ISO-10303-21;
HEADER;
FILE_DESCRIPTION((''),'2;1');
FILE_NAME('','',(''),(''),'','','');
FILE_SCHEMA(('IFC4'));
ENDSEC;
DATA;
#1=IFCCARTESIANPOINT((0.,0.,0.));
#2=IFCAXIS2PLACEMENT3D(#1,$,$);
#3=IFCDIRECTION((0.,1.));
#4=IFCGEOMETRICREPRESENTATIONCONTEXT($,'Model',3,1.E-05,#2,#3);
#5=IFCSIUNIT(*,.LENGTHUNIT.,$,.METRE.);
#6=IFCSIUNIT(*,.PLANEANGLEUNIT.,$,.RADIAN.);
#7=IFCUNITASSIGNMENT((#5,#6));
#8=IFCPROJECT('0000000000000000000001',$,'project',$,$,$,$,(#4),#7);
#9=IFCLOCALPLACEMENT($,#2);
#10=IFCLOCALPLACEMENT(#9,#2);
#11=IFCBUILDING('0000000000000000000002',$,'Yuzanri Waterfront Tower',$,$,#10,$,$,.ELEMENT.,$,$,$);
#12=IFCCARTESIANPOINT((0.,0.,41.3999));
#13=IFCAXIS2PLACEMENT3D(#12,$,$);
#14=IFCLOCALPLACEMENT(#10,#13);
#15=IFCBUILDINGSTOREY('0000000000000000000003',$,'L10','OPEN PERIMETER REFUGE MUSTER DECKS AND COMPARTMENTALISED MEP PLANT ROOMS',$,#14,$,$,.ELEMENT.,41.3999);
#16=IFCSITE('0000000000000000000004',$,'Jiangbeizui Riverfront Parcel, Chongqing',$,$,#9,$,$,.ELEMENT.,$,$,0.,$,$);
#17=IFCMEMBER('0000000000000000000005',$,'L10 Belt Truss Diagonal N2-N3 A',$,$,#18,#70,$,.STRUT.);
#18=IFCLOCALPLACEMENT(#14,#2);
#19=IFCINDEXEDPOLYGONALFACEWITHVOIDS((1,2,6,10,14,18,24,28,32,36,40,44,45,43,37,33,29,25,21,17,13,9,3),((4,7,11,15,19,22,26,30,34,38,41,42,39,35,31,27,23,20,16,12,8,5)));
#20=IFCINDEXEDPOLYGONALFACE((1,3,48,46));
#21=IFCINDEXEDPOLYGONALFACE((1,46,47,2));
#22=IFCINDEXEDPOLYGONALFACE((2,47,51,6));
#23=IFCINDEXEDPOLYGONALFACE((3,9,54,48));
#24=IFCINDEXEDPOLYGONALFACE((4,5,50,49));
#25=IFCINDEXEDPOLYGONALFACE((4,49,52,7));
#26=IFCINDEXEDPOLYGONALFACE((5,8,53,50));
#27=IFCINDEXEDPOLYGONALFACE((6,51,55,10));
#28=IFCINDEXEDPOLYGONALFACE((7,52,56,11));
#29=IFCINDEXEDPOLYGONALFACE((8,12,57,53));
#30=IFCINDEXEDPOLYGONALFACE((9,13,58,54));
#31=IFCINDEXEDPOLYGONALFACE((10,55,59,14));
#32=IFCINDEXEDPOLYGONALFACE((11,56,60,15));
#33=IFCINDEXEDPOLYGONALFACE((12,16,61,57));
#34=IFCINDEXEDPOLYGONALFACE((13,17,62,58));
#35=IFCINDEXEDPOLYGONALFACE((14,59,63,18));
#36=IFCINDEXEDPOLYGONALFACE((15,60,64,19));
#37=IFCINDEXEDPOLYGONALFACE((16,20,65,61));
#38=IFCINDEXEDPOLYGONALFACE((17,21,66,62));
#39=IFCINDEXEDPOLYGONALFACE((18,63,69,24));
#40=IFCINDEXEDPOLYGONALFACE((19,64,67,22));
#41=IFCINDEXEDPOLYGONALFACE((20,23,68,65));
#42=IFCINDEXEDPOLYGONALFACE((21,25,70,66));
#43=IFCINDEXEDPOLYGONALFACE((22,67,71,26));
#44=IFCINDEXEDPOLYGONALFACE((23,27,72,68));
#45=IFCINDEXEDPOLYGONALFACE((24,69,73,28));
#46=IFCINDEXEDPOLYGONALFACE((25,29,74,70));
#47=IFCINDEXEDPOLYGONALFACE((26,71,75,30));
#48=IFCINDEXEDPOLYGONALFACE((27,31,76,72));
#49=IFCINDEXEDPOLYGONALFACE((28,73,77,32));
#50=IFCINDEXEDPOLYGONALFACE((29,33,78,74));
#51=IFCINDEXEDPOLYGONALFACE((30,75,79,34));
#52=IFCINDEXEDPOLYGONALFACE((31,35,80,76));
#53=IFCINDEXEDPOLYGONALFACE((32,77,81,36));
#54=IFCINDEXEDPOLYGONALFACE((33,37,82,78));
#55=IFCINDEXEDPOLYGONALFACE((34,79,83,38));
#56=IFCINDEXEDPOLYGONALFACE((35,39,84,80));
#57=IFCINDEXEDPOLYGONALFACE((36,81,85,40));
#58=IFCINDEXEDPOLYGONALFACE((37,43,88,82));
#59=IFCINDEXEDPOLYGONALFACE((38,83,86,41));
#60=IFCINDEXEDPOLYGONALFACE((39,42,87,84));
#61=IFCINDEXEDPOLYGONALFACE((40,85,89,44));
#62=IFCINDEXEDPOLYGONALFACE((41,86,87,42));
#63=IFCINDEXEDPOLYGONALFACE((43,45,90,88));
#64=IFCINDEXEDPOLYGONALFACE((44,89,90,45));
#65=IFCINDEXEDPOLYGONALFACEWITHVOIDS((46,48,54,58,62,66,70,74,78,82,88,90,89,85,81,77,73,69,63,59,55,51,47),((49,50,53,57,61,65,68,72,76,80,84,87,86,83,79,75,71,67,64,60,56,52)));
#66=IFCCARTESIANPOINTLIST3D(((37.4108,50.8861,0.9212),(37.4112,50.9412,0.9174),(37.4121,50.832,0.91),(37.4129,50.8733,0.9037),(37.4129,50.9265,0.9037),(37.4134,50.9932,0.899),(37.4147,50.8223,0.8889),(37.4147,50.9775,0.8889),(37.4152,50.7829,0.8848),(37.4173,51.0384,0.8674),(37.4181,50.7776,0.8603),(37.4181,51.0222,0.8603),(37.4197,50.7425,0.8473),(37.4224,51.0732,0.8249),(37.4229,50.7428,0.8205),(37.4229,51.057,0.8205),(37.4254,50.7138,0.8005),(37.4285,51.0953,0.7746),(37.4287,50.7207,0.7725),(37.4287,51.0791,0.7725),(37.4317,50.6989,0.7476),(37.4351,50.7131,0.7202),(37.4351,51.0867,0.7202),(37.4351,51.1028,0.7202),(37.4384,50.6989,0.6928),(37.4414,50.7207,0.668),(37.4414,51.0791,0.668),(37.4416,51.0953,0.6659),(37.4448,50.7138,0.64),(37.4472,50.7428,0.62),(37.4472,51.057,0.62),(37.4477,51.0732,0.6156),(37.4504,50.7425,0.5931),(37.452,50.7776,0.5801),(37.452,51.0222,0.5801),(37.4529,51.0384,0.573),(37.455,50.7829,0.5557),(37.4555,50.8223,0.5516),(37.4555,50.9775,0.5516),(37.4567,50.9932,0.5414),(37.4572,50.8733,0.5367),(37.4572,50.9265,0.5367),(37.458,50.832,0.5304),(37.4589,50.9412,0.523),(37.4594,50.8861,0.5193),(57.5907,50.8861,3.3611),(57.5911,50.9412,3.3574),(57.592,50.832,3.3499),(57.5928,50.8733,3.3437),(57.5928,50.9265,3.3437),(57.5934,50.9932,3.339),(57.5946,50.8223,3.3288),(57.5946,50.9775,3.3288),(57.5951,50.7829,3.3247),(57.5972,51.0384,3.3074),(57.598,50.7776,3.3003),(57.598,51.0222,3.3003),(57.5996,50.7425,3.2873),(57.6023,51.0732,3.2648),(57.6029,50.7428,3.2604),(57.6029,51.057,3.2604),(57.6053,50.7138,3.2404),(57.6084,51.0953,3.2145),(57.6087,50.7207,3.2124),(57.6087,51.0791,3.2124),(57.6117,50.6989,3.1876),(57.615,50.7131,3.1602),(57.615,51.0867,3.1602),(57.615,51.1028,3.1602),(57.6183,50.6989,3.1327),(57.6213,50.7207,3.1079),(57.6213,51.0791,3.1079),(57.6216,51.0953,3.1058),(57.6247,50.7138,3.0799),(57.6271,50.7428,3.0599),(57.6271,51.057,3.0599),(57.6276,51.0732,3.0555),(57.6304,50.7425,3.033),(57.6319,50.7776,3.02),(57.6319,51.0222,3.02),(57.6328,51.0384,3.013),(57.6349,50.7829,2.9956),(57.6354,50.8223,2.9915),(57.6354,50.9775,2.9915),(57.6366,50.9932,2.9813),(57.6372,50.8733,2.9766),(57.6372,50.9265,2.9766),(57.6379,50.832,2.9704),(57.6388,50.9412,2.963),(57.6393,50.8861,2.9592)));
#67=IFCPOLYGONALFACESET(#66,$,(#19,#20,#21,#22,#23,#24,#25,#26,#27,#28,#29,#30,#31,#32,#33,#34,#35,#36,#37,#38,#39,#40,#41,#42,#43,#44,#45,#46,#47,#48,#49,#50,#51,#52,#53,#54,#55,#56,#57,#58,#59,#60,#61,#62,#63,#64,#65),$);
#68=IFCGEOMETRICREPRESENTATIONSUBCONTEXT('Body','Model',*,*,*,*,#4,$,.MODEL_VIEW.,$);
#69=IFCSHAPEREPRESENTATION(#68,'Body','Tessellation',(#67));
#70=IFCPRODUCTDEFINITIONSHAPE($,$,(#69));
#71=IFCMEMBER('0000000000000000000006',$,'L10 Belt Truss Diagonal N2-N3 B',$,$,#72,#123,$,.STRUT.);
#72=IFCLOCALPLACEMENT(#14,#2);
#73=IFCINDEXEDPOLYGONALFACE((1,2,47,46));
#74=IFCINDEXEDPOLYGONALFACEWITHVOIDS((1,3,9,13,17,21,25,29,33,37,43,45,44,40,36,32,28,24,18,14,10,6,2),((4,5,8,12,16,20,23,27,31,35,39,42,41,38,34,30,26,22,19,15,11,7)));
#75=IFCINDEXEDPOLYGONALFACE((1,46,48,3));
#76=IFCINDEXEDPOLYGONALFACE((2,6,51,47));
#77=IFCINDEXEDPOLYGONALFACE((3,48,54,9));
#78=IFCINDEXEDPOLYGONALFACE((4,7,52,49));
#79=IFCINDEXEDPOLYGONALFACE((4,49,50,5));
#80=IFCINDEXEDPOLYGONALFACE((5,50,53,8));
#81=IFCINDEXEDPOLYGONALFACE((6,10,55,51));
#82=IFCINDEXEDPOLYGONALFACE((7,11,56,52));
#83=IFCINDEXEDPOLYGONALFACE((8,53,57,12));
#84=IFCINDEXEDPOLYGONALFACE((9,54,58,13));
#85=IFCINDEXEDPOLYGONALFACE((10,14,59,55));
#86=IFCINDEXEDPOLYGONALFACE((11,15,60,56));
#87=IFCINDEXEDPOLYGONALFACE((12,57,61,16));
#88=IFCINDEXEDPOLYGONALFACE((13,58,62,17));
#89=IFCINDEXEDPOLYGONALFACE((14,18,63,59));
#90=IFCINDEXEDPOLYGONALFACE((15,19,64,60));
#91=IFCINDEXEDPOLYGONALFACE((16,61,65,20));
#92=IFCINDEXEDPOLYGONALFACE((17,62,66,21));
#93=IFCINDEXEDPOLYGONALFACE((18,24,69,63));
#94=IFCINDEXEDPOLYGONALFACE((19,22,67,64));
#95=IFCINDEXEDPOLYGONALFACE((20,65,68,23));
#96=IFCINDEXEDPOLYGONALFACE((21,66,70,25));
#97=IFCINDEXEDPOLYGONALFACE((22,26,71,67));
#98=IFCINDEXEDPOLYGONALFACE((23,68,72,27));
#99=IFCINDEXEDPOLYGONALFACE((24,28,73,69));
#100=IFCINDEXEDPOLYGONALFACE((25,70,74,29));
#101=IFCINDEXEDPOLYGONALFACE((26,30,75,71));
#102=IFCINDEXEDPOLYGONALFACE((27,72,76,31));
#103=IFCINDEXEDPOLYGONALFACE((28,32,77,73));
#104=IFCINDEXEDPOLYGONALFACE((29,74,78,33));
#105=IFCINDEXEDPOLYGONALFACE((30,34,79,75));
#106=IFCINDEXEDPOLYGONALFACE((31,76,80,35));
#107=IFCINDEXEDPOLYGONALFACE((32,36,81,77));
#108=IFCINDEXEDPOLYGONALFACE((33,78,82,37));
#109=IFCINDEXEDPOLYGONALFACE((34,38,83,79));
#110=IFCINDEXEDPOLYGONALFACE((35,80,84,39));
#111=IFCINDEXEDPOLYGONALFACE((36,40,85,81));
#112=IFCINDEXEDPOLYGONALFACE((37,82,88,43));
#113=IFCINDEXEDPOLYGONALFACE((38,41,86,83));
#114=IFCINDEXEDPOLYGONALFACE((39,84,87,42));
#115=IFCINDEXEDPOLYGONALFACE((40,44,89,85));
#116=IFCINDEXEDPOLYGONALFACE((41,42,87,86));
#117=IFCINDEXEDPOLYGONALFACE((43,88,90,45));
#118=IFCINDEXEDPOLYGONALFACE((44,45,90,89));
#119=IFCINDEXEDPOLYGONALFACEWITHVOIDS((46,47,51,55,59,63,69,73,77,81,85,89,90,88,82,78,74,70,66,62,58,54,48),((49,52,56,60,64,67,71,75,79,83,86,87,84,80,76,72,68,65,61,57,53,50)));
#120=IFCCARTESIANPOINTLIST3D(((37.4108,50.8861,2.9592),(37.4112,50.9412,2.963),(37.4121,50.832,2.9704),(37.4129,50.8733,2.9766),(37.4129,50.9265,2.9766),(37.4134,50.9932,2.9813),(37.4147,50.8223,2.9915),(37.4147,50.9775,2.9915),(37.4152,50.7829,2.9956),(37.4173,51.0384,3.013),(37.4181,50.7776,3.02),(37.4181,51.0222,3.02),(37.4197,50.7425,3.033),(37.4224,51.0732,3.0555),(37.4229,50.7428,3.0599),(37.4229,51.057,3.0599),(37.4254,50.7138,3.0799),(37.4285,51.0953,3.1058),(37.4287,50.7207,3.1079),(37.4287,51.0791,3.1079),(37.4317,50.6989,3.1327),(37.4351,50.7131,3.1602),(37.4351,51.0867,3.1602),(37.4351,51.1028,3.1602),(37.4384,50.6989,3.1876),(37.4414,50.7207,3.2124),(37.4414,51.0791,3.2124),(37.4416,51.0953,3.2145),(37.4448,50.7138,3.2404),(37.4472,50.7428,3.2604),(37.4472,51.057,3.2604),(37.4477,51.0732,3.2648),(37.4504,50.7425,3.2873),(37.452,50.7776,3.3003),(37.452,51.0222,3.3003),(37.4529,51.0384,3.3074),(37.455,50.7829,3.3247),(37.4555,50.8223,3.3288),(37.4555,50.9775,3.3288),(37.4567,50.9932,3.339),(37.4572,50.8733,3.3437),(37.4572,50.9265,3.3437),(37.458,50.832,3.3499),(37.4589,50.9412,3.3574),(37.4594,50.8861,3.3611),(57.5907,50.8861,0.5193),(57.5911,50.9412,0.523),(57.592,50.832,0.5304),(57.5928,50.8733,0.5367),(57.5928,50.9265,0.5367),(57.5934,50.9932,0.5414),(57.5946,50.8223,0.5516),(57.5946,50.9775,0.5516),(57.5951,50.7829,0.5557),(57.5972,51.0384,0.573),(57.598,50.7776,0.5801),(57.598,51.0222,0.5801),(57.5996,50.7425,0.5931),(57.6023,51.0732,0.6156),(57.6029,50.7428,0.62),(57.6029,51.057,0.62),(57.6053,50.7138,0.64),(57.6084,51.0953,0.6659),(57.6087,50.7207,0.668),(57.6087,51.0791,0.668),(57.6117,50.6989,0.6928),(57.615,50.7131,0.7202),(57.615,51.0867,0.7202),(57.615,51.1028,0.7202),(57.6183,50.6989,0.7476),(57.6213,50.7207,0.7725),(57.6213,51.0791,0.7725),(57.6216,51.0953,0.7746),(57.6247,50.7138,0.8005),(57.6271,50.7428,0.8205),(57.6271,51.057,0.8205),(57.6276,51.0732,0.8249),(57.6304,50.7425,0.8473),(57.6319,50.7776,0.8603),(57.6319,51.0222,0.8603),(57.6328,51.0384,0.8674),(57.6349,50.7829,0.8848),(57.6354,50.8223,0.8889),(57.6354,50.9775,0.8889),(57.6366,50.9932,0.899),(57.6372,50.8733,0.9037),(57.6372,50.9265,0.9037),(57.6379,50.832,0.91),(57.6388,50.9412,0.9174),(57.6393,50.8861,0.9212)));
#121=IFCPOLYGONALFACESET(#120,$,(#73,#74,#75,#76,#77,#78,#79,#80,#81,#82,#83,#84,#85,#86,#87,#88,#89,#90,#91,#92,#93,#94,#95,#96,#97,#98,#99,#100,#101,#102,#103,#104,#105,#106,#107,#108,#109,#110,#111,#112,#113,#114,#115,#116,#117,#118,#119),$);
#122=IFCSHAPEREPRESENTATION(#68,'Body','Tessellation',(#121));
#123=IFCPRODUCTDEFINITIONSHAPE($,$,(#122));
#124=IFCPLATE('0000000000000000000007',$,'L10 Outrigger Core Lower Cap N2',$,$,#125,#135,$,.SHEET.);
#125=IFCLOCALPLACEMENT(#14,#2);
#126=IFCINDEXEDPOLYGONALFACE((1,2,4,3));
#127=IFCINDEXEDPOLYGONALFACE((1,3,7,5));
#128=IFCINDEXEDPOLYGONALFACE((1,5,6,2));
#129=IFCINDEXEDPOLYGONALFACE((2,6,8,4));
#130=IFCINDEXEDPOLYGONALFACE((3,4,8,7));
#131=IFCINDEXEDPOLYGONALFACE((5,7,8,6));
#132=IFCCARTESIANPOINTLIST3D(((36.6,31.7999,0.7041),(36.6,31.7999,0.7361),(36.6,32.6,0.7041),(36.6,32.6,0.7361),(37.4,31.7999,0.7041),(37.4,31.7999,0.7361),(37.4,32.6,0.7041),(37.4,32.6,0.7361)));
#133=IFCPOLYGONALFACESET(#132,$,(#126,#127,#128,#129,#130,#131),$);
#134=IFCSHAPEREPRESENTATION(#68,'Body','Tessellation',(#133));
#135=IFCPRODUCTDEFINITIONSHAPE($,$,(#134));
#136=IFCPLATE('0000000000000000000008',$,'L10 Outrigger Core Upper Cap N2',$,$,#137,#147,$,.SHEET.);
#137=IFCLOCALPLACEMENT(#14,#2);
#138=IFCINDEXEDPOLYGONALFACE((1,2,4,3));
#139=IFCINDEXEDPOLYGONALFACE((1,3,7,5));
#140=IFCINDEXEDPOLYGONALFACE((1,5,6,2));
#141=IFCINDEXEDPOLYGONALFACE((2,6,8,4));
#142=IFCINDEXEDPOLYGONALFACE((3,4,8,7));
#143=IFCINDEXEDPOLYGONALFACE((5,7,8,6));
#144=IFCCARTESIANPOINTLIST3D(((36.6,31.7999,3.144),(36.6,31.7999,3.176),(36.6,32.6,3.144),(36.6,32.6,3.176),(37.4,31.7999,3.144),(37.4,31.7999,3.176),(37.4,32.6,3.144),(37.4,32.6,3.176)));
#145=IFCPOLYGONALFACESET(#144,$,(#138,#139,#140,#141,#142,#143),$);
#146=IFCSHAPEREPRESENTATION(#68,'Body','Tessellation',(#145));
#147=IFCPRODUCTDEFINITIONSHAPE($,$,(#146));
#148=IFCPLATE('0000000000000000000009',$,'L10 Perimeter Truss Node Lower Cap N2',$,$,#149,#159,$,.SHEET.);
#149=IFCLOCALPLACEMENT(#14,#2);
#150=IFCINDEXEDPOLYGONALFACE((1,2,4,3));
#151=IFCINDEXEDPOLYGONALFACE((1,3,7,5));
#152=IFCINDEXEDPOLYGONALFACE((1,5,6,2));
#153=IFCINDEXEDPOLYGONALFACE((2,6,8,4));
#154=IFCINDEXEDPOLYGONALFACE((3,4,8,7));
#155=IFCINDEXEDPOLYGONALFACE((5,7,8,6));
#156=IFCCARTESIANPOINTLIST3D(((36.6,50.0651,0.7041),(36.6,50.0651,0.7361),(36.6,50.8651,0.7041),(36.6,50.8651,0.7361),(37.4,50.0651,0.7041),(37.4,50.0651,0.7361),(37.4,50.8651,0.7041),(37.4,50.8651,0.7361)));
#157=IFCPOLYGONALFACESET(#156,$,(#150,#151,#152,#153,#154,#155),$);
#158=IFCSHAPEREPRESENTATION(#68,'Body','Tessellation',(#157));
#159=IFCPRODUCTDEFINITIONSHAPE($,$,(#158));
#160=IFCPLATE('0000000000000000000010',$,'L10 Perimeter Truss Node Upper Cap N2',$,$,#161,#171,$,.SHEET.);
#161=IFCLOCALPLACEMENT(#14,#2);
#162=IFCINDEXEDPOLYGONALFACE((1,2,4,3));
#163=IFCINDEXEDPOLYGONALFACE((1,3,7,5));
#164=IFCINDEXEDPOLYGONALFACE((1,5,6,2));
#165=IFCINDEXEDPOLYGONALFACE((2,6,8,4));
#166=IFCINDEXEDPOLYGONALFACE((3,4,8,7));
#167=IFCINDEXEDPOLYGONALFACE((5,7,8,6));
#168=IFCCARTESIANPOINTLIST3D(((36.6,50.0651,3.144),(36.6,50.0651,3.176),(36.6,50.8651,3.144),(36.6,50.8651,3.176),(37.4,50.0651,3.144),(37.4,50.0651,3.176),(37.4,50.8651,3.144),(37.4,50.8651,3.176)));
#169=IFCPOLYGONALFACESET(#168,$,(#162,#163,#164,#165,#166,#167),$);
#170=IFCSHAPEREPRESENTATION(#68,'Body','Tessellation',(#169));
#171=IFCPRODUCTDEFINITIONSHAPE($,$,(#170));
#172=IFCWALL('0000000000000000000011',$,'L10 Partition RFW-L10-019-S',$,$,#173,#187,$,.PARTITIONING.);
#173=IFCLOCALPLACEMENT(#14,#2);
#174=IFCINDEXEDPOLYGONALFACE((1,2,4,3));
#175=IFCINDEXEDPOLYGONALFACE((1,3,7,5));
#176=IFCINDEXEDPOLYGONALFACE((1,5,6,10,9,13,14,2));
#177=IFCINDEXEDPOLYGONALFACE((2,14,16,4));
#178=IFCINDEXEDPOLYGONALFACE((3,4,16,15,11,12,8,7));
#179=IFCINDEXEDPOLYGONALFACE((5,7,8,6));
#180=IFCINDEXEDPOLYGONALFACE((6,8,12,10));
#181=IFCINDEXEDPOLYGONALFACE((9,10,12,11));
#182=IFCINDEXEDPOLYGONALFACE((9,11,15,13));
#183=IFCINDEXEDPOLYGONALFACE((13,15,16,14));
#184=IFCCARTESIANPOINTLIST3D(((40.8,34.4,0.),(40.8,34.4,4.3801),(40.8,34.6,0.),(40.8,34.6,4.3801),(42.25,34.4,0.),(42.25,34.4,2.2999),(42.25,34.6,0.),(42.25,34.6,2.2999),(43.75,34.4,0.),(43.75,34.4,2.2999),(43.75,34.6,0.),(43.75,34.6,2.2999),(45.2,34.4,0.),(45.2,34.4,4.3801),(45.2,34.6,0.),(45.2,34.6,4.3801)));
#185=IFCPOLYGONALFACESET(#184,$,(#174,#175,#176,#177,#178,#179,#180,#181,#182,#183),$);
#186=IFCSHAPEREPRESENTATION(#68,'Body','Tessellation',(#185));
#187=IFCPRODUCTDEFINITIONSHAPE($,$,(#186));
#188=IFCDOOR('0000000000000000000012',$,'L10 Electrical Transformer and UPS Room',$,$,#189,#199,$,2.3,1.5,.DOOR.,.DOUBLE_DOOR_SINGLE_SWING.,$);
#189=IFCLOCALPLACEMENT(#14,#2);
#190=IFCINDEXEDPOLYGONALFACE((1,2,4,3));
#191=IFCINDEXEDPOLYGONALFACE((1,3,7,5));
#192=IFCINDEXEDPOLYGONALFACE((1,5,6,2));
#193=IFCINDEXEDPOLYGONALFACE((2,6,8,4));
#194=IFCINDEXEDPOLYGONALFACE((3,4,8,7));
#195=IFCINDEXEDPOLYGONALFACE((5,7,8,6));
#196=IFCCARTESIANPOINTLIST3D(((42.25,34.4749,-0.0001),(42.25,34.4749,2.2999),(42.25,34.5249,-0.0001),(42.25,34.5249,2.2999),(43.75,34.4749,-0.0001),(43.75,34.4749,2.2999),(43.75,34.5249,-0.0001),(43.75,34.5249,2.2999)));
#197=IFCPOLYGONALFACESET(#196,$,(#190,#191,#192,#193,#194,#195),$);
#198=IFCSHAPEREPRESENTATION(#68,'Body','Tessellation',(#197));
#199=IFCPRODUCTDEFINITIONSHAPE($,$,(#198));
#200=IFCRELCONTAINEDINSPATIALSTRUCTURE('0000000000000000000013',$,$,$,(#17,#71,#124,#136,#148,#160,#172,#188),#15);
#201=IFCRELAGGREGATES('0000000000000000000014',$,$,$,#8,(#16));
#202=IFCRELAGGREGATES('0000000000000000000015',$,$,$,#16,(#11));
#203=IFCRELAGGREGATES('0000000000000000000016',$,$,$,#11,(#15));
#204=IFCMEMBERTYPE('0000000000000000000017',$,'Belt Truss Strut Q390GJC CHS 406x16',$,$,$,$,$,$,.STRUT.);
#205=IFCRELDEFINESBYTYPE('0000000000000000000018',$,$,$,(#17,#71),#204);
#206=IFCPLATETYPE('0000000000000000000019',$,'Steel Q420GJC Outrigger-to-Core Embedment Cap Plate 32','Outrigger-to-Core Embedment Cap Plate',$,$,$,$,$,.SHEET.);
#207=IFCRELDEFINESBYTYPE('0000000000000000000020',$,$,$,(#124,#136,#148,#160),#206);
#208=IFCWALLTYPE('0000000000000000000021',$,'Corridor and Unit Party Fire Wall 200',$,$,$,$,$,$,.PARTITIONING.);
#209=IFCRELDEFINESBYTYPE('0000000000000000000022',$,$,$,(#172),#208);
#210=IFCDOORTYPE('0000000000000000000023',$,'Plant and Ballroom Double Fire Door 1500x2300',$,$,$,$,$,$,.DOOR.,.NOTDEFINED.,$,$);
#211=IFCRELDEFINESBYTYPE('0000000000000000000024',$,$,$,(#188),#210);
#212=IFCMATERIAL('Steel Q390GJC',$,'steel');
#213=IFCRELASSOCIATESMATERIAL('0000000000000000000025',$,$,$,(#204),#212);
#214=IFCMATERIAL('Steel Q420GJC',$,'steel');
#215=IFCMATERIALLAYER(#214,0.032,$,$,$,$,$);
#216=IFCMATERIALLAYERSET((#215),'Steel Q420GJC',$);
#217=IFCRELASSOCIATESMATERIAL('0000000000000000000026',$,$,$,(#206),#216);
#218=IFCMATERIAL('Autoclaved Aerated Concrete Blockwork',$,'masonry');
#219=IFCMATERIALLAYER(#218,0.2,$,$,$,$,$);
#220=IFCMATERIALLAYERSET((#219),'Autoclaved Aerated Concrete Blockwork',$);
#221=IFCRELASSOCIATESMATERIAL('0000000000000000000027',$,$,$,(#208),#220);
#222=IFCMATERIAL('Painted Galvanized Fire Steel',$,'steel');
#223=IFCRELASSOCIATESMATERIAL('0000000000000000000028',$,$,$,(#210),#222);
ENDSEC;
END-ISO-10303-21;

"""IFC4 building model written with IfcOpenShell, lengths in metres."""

from ifc_helpers import new_model, si_unit, direction, frame, frame_2d, origin, origin_2d, place, context, subcontext, project, spatial, rectangle, hollow_circle, extrude, source, transform, mapped, material, layer, layer_set, material_profile, profile_set, type_object, element, fill, save


model = new_model("IFC4")

# Units and contexts
model_context = context("Model", 3, precision=1e-05, world=origin(), true_north=direction((0.0, 1.0)))
body_context = subcontext(model_context, "Body", "Model", "MODEL_VIEW")
ifc_project = project(units=[si_unit("LENGTHUNIT", "METRE"), si_unit("PLANEANGLEUNIT", "RADIAN")], contexts=[model_context])

# Site, building, storey
site_placement = place(None, origin())
site = spatial("IfcSite", under=ifc_project, at=site_placement, Name="Jiangbeizui Riverfront Parcel, Chongqing", CompositionType="ELEMENT", RefElevation=0.0)
building_placement = place(site_placement, origin())
building = spatial("IfcBuilding", under=site, at=building_placement, Name="Yuzanri Waterfront Tower", CompositionType="ELEMENT")
storey_placement = place(building_placement, frame((0.0, 0.0, 41.3999)))
storey = spatial("IfcBuildingStorey", under=building, at=storey_placement, Name="L10", Description="OPEN PERIMETER REFUGE MUSTER DECKS AND COMPARTMENTALISED MEP PLANT ROOMS", CompositionType="ELEMENT", Elevation=41.3999)

# Members
ifc_material_1 = material(Name="Steel Q390GJC", Category="steel")
ifc_material_profile_1 = material_profile(ifc_material_1, hollow_circle(Radius=0.2029, WallThickness=0.0161, at=origin_2d()), Name="CHS 406x16")
ifc_profile_set_1 = profile_set([ifc_material_profile_1], Name="Steel Q390GJC")
member_type_1 = type_object("IfcMemberType", Name="Belt Truss Strut Q390GJC CHS 406x16", PredefinedType="STRUT", material=ifc_profile_set_1)
shared_shape_1 = source(origin(), body_context, "Body", "SweptSolid", [
    extrude(hollow_circle(Radius=0.2029, WallThickness=0.0161, at=origin_2d()), origin(), (0.0, 0.0, 1.0), 20.3269),
])
for number, where, z_axis, x_axis, name in (
    (1, (37.4351, 50.8999, 0.7202), (0.99277, 0.0, 0.120035), (0.0, 1.0, 0.0), "L10 Belt Truss Diagonal N2-N3 A"),
    (2, (37.4351, 50.8999, 3.1602), (0.99277, 0.0, -0.120035), (0.0, 1.0, 0.0), "L10 Belt Truss Diagonal N2-N3 B"),
):
    element("IfcMember", number, at=place(storey_placement, frame(where, z_axis=z_axis, x_axis=x_axis)), inside=storey, type_object=member_type_1, Name=name, PredefinedType="STRUT", context=body_context, shape_type="MappedRepresentation", body=[
        mapped(shared_shape_1, transform((0.0, 0.0, 0.0), scale=1.0)),
    ])

# Plates
ifc_material_2 = material(Name="Steel Q420GJC", Category="steel")
ifc_layer_1 = layer(ifc_material_2, 0.032)
ifc_layer_set_1 = layer_set([ifc_layer_1], Name="Steel Q420GJC")
plate_type = type_object("IfcPlateType", Name="Steel Q420GJC Outrigger-to-Core Embedment Cap Plate 32", Description="Outrigger-to-Core Embedment Cap Plate", PredefinedType="SHEET", material=ifc_layer_set_1)
shared_shape_2 = source(origin(), body_context, "Body", "SweptSolid", [
    extrude(rectangle(XDim=0.8, YDim=0.8, at=origin_2d()), origin(), (0.0, 0.0, 1.0), 0.032),
])
for number, where, z_axis, x_axis, name in (
    (3, (37.0, 32.2, 0.7041), (0.0, 0.0, 1.0), (1.0, 0.0, 0.0), "L10 Outrigger Core Lower Cap N2"),
    (4, (37.0, 32.2, 3.144), (0.0, 0.0, 1.0), (1.0, 0.0, 0.0), "L10 Outrigger Core Upper Cap N2"),
    (5, (37.0, 50.4651, 0.7041), (0.0, 0.0, 1.0), (1.0, 0.0, 0.0), "L10 Perimeter Truss Node Lower Cap N2"),
    (6, (37.0, 50.4651, 3.144), (0.0, 0.0, 1.0), (1.0, 0.0, 0.0), "L10 Perimeter Truss Node Upper Cap N2"),
):
    element("IfcPlate", number, at=place(storey_placement, frame(where, z_axis=z_axis, x_axis=x_axis)), inside=storey, type_object=plate_type, Name=name, PredefinedType="SHEET", context=body_context, shape_type="MappedRepresentation", body=[
        mapped(shared_shape_2, transform((0.0, 0.0, 0.0), scale=1.0)),
    ])

# Wall, opening, door
ifc_material_3 = material(Name="Autoclaved Aerated Concrete Blockwork", Category="masonry")
ifc_layer_2 = layer(ifc_material_3, 0.2)
ifc_layer_set_2 = layer_set([ifc_layer_2], Name="Autoclaved Aerated Concrete Blockwork")
wall_type_1 = type_object("IfcWallType", Name="Corridor and Unit Party Fire Wall 200", PredefinedType="PARTITIONING", material=ifc_layer_set_2)
wall_1_placement = place(storey_placement, frame((40.8, 34.5, 0.0), z_axis=(0.0, 0.0, 1.0), x_axis=(1.0, 0.0, 0.0)))
wall_1 = element("IfcWall", 7, at=wall_1_placement, inside=storey, type_object=wall_type_1, Name="L10 Partition RFW-L10-019-S", PredefinedType="PARTITIONING", context=body_context, shape_type="SweptSolid", body=[
    extrude(rectangle(XDim=4.3999, YDim=0.2, at=frame_2d((2.2, 0.0))), origin(), (0.0, 0.0, 1.0), 4.3801),
])
opening_1_placement = place(wall_1_placement, frame((1.45, 0.0, 0.0)))
opening_1 = element("IfcOpeningElement", 8, at=opening_1_placement, cuts=wall_1, PredefinedType="OPENING", context=body_context, shape_type="SweptSolid", body=[
    extrude(rectangle(XDim=1.5, YDim=2.3, at=frame_2d((0.75, 1.1499))), frame((0.0, 0.1147, 0.0), z_axis=(0.0, -1.0, 0.0), x_axis=(1.0, 0.0, 0.0)), (0.0, 0.0, 1.0), 0.2297),
])
ifc_material_4 = material(Name="Painted Galvanized Fire Steel", Category="steel")
door_type_1 = type_object("IfcDoorType", Name="Plant and Ballroom Double Fire Door 1500x2300", OperationType="NOTDEFINED", PredefinedType="DOOR", material=ifc_material_4)
shared_shape_3 = source(origin(), body_context, "Body", "SweptSolid", [
    extrude(rectangle(XDim=1.5, YDim=2.3, at=frame_2d((0.75, 1.1499))), frame((0.0, 0.0249, 0.0), z_axis=(0.0, -1.0, 0.0), x_axis=(1.0, 0.0, 0.0)), (0.0, 0.0, 1.0), 0.05),
])
door_1_placement = place(opening_1_placement, origin())
door_1 = element("IfcDoor", 9, at=door_1_placement, inside=storey, type_object=door_type_1, Name="L10 Electrical Transformer and UPS Room", OperationType="DOUBLE_DOOR_SINGLE_SWING", OverallHeight=2.3, OverallWidth=1.5, PredefinedType="DOOR", context=body_context, shape_type="MappedRepresentation", body=[
    mapped(shared_shape_3, transform((0.0, 0.0, 0.0), scale=1.0)),
])
fill(opening_1, door_1)

save(model, "model.ifc")
